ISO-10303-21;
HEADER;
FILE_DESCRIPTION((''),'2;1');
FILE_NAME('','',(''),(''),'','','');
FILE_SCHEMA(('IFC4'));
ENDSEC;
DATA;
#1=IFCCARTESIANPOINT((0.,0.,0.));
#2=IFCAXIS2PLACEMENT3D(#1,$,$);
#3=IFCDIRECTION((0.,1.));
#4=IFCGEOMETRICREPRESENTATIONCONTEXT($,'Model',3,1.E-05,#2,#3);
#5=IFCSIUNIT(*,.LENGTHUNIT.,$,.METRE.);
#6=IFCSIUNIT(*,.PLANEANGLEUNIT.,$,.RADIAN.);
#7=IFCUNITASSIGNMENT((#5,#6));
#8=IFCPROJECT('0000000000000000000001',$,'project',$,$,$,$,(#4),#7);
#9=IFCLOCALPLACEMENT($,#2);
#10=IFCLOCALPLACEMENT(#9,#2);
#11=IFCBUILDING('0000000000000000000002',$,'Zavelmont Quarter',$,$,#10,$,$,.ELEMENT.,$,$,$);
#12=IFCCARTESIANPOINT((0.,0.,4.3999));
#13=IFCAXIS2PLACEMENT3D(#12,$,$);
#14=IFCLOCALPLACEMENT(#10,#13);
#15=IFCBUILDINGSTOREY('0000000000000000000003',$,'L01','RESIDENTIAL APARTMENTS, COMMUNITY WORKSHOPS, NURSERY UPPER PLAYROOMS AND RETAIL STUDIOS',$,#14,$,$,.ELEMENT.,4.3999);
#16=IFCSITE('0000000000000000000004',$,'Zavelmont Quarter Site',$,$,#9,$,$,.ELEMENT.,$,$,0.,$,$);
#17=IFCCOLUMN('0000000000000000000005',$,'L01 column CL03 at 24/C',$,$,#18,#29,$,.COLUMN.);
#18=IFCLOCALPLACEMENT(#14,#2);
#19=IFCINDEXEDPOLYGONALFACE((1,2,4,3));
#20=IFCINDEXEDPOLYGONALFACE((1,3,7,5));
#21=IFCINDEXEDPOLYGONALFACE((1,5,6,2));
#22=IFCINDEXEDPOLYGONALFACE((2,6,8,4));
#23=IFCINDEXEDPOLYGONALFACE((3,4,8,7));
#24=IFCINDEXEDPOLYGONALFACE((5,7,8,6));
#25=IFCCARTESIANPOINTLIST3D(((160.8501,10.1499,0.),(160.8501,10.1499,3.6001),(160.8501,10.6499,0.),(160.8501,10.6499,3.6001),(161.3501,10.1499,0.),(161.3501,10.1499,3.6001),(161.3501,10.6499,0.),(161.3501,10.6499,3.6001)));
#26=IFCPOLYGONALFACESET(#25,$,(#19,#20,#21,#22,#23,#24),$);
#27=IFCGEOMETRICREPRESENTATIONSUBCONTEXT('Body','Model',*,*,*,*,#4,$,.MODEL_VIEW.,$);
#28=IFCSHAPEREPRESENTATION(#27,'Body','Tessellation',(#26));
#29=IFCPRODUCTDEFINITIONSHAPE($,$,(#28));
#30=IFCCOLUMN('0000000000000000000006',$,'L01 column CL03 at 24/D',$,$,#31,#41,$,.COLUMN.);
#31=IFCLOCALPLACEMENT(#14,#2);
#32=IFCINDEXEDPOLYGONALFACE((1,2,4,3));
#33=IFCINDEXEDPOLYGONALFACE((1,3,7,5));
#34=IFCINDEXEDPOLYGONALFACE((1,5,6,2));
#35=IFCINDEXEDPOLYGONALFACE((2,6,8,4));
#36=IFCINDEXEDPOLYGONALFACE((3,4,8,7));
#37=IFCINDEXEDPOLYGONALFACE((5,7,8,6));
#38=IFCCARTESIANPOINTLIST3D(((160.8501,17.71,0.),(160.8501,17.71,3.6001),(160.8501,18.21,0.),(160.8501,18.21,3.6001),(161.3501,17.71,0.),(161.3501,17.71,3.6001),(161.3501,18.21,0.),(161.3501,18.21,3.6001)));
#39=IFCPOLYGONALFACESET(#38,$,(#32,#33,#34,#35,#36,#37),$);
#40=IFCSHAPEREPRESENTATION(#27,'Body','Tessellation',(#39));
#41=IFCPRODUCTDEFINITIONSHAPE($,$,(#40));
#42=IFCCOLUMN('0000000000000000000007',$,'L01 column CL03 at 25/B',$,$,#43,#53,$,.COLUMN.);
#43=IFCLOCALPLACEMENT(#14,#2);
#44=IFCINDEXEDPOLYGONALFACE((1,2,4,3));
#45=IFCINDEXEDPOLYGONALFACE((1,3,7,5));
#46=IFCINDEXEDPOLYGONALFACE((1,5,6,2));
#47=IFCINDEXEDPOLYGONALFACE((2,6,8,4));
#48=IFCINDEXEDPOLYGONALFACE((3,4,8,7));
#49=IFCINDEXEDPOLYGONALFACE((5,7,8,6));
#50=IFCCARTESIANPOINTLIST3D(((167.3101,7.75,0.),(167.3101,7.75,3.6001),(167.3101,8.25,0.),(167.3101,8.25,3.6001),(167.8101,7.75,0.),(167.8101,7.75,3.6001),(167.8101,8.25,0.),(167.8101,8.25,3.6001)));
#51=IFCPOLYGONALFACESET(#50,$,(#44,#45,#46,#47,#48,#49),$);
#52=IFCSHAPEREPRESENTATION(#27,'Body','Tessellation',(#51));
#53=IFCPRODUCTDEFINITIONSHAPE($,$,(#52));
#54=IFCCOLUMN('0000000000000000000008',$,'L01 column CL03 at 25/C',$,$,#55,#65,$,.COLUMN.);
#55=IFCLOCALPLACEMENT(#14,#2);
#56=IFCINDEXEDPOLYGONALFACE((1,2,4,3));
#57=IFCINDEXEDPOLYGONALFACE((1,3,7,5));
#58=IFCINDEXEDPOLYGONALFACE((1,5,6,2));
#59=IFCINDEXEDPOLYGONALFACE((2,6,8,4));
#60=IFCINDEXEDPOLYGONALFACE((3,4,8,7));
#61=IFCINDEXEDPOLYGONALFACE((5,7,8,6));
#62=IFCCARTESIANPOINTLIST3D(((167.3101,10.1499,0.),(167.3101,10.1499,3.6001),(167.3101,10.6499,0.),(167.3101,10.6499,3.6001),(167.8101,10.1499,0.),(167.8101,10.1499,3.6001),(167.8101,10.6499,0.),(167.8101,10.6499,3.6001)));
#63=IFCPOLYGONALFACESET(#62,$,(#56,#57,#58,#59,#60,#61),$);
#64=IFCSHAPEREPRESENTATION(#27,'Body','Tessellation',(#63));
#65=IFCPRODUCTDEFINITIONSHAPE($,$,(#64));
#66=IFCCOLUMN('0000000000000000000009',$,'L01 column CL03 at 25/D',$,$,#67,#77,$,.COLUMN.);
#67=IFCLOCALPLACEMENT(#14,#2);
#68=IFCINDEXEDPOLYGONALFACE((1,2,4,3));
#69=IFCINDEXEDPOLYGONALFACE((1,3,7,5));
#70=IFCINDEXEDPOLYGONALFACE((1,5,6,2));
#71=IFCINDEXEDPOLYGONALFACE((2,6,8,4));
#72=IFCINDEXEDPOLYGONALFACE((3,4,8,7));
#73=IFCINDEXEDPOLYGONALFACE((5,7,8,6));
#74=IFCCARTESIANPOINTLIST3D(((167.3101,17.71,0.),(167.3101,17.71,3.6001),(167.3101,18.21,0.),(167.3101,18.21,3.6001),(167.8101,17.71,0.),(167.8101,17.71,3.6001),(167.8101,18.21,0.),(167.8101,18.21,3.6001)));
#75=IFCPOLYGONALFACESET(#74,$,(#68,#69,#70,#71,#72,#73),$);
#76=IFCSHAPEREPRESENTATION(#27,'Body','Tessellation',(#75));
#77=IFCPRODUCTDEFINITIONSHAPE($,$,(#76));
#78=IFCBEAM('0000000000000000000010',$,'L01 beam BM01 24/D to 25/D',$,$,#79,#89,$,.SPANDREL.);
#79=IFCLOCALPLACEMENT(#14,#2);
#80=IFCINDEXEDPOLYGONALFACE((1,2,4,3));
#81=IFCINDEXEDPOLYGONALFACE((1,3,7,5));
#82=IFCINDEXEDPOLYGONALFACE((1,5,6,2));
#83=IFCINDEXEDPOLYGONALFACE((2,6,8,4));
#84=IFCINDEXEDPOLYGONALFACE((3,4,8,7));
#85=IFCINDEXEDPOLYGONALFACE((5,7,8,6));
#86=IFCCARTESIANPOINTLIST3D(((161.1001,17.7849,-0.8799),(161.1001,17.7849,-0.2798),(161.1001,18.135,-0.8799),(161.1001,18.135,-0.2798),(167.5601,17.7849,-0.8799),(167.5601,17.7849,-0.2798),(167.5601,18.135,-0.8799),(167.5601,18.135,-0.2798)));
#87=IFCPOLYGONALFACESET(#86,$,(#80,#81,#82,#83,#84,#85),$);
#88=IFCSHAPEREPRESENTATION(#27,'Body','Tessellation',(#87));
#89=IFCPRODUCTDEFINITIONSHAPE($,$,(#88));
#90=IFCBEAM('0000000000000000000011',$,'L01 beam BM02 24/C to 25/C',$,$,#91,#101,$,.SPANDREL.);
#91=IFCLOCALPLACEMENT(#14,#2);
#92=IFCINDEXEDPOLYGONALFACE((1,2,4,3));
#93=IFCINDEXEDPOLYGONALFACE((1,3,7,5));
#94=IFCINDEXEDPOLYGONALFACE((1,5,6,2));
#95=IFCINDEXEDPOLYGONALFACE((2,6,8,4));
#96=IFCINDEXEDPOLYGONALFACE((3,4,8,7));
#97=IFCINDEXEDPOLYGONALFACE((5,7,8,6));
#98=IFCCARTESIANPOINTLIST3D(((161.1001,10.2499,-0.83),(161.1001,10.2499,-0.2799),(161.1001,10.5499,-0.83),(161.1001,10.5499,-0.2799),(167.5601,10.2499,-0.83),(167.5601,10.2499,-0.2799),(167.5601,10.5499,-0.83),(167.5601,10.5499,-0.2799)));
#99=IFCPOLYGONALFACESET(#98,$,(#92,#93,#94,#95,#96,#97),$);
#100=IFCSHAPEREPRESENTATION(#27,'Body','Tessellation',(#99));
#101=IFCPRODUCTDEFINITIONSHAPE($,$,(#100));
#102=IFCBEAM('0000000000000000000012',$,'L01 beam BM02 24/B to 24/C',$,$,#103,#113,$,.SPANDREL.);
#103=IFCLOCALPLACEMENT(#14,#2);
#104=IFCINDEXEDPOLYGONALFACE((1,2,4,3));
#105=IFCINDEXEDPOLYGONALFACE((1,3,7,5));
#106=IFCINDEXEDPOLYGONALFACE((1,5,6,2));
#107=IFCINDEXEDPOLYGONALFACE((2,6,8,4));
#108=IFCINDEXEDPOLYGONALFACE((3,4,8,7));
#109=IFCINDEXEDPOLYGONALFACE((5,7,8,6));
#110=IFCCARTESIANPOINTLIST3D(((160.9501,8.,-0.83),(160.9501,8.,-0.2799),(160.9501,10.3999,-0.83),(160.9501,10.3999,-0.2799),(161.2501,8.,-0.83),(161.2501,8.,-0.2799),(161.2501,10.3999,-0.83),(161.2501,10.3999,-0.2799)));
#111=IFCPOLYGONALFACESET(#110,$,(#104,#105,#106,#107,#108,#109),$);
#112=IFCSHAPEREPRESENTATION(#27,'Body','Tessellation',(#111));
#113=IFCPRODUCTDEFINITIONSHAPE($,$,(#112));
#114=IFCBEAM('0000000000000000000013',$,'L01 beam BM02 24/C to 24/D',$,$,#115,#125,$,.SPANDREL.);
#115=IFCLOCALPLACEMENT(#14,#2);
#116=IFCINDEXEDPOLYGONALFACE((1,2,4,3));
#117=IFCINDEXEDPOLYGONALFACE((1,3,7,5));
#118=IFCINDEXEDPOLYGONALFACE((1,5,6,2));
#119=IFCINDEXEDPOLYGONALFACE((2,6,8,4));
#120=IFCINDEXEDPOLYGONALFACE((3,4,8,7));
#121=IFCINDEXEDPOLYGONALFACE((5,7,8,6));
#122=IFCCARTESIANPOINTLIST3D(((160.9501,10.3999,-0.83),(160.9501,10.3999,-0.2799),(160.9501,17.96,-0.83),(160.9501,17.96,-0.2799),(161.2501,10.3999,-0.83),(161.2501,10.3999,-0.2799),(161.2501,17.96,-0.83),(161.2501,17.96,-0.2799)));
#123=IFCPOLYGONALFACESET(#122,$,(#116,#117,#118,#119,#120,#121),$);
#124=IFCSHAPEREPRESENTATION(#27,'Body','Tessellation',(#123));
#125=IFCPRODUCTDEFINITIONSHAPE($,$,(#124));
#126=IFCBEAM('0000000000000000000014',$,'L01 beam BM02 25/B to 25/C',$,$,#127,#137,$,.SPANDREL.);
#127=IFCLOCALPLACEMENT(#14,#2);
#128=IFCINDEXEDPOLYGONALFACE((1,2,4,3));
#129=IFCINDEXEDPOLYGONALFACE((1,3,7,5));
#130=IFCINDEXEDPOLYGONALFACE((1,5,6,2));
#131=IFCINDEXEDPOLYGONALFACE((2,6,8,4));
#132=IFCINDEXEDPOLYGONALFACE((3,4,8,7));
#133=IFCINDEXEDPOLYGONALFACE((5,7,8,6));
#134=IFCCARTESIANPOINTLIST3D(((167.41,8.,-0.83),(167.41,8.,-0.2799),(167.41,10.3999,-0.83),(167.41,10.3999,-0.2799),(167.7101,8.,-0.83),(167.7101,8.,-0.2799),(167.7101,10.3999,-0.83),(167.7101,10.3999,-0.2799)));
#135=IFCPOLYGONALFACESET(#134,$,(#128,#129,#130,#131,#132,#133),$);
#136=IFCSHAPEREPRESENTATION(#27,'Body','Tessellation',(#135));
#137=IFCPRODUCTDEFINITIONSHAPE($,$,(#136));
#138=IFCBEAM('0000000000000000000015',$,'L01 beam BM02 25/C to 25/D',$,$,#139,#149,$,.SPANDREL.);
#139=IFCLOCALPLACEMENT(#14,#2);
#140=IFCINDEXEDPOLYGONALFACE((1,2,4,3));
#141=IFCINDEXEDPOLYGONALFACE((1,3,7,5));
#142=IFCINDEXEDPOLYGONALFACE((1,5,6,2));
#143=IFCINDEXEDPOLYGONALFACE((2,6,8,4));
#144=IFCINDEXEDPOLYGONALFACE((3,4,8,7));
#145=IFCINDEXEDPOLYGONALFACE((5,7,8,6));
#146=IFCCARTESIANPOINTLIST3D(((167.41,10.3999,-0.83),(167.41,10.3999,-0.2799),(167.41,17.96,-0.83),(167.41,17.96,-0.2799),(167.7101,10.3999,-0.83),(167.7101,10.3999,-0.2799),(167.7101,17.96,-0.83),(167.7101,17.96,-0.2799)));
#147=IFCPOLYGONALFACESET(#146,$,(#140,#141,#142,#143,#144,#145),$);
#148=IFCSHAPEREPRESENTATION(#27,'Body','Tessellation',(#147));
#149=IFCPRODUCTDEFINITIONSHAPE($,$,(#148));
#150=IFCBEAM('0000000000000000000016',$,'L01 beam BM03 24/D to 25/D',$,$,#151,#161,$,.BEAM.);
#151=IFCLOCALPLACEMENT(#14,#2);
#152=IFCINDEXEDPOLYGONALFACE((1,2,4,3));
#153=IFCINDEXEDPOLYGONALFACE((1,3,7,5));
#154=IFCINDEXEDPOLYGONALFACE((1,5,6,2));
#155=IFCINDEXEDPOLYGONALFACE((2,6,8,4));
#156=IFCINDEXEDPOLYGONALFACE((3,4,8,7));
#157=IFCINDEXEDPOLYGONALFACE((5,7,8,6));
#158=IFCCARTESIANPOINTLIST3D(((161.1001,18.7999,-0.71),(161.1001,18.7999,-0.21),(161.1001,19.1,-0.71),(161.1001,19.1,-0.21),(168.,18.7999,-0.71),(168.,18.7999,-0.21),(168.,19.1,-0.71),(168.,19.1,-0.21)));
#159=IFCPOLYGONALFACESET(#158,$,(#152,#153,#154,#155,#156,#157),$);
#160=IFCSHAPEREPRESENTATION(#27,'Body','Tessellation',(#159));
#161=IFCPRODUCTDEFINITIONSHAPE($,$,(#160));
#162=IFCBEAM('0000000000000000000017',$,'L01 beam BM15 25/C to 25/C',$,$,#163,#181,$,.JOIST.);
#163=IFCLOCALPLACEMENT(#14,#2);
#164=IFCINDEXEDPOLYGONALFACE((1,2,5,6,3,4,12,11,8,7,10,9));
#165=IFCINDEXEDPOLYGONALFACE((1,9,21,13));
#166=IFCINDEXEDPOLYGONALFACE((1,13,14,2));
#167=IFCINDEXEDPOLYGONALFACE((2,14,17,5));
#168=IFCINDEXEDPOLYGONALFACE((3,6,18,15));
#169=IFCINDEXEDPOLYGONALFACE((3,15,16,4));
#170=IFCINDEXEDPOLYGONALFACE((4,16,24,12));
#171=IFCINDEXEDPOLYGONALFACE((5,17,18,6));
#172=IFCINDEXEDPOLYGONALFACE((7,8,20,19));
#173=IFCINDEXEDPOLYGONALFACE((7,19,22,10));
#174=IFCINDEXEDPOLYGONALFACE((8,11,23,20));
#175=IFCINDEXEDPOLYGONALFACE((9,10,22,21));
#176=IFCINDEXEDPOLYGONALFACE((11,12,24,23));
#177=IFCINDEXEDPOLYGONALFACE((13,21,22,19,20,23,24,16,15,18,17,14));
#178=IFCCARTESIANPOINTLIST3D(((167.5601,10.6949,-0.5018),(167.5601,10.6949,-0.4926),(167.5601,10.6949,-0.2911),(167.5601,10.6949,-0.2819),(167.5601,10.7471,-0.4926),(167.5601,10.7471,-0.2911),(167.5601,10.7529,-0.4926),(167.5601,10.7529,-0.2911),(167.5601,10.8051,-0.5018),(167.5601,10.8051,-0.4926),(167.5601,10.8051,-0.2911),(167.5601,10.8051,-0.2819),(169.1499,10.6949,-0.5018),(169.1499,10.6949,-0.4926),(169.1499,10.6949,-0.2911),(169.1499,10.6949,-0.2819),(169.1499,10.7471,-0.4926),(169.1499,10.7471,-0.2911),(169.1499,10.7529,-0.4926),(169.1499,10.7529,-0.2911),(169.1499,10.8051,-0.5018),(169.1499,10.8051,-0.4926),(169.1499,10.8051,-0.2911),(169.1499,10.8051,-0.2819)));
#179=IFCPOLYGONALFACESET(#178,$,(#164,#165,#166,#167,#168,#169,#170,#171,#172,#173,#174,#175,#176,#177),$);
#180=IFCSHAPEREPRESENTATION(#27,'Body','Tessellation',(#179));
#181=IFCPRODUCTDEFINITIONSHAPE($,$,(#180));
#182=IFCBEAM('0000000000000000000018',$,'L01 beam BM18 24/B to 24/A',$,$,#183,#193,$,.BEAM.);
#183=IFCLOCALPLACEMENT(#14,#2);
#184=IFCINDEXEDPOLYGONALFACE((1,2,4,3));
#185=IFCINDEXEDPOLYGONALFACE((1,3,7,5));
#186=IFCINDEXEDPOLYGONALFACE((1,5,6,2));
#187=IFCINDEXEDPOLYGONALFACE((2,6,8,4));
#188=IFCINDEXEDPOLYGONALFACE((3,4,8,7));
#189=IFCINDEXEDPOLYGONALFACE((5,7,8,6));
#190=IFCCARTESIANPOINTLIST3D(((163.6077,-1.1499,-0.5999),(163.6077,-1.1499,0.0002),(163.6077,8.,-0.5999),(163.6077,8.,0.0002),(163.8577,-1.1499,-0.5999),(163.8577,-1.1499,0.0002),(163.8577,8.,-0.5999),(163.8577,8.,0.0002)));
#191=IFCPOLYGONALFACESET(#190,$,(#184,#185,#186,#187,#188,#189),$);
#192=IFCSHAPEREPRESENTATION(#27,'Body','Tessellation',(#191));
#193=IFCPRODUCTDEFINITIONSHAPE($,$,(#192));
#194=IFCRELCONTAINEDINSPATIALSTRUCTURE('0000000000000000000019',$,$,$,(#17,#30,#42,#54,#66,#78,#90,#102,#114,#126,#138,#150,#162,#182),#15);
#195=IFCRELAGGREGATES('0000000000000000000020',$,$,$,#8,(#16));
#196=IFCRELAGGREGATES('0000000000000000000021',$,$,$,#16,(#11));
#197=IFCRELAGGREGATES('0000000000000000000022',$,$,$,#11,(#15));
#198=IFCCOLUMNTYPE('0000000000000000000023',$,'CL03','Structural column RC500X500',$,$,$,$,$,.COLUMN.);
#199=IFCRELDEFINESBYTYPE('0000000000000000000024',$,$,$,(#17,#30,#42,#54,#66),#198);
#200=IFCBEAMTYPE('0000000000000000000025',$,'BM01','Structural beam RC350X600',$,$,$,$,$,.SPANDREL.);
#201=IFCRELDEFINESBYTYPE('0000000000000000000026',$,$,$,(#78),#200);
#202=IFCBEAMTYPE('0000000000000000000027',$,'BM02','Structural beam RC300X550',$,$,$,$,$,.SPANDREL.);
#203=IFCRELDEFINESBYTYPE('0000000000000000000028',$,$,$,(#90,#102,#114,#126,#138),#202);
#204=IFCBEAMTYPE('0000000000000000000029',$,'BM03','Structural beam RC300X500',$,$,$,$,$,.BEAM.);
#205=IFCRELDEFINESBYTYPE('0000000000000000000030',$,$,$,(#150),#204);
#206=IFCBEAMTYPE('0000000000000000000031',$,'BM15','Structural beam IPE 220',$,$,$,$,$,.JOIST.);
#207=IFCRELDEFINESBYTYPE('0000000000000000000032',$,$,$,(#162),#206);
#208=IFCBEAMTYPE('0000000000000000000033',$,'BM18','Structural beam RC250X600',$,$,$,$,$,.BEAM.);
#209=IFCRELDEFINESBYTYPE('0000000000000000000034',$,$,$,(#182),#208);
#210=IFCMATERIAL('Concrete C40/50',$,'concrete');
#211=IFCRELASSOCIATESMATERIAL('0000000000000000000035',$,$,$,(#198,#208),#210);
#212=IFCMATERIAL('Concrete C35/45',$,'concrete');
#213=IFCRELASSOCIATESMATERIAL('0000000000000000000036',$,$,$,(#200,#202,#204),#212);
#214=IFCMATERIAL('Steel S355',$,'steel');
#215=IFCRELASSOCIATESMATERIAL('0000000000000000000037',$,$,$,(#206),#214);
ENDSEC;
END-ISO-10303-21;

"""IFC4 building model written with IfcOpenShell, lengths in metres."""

from ifc_helpers import new_model, si_unit, direction, frame, origin, origin_2d, place, context, subcontext, project, spatial, rectangle, i_section, extrude, material, material_profile, profile_set, type_object, element, save


model = new_model("IFC4")

# Units and contexts
model_context = context("Model", 3, precision=1e-05, world=origin(), true_north=direction((0.0, 1.0)))
body_context = subcontext(model_context, "Body", "Model", "MODEL_VIEW")
ifc_project = project(units=[si_unit("LENGTHUNIT", "METRE"), si_unit("PLANEANGLEUNIT", "RADIAN")], contexts=[model_context])

# Site, building, storey
site_placement = place(None, origin())
site = spatial("IfcSite", under=ifc_project, at=site_placement, Name="Zavelmont Quarter Site", CompositionType="ELEMENT", RefElevation=0.0)
building_placement = place(site_placement, origin())
building = spatial("IfcBuilding", under=site, at=building_placement, Name="Zavelmont Quarter", CompositionType="ELEMENT")
storey_placement = place(building_placement, frame((0.0, 0.0, 4.3999)))
storey = spatial("IfcBuildingStorey", under=building, at=storey_placement, Name="L01", Description="RESIDENTIAL APARTMENTS, COMMUNITY WORKSHOPS, NURSERY UPPER PLAYROOMS AND RETAIL STUDIOS", CompositionType="ELEMENT", Elevation=4.3999)

# Columns
ifc_material_1 = material(Name="Concrete C40/50", Category="concrete")
ifc_material_profile_1 = material_profile(ifc_material_1, rectangle(XDim=0.5, YDim=0.5, at=origin_2d()), Name="RC500X500")
ifc_profile_set_1 = profile_set([ifc_material_profile_1], Name="Concrete C40/50")
column_type = type_object("IfcColumnType", Name="CL03", Description="Structural column RC500X500", PredefinedType="COLUMN", material=ifc_profile_set_1)
for number, where, z_axis, x_axis, name in (
    (1, (161.1001, 10.3999, 0.0), (0.0, 0.0, 1.0), (1.0, 0.0, 0.0), "L01 column CL03 at 24/C"),
    (2, (161.1001, 17.96, 0.0), (0.0, 0.0, 1.0), (1.0, 0.0, 0.0), "L01 column CL03 at 24/D"),
    (3, (167.5601, 8.0, 0.0), (0.0, 0.0, 1.0), (1.0, 0.0, 0.0), "L01 column CL03 at 25/B"),
    (4, (167.5601, 10.3999, 0.0), (0.0, 0.0, 1.0), (1.0, 0.0, 0.0), "L01 column CL03 at 25/C"),
    (5, (167.5601, 17.96, 0.0), (0.0, 0.0, 1.0), (1.0, 0.0, 0.0), "L01 column CL03 at 25/D"),
):
    element("IfcColumn", number, at=place(storey_placement, frame(where, z_axis=z_axis, x_axis=x_axis)), inside=storey, type_object=column_type, Name=name, PredefinedType="COLUMN", context=body_context, shape_type="SweptSolid", body=[
        extrude(rectangle(XDim=0.5, YDim=0.5, at=origin_2d()), origin(), (0.0, 0.0, 1.0), 3.6001),
    ])

# Beams
ifc_material_2 = material(Name="Concrete C35/45", Category="concrete")
ifc_material_profile_2 = material_profile(ifc_material_2, rectangle(XDim=0.3501, YDim=0.6001, at=origin_2d()), Name="RC350X600")
ifc_profile_set_2 = profile_set([ifc_material_profile_2], Name="Concrete C35/45")
beam_type_1 = type_object("IfcBeamType", Name="BM01", Description="Structural beam RC350X600", PredefinedType="SPANDREL", material=ifc_profile_set_2)
beam_1_placement = place(storey_placement, frame((161.1001, 17.96, -0.5798), z_axis=(1.0, 0.0, 0.0), x_axis=(0.0, 1.0, 0.0)))
element("IfcBeam", 6, at=beam_1_placement, inside=storey, type_object=beam_type_1, Name="L01 beam BM01 24/D to 25/D", PredefinedType="SPANDREL", context=body_context, shape_type="SweptSolid", body=[
    extrude(rectangle(XDim=0.3501, YDim=0.6001, at=origin_2d()), origin(), (0.0, 0.0, 1.0), 6.46),
])
ifc_material_profile_3 = material_profile(ifc_material_2, rectangle(XDim=0.3, YDim=0.55, at=origin_2d()), Name="RC300X550")
ifc_profile_set_3 = profile_set([ifc_material_profile_3], Name="Concrete C35/45")
beam_type_2 = type_object("IfcBeamType", Name="BM02", Description="Structural beam RC300X550", PredefinedType="SPANDREL", material=ifc_profile_set_3)
beam_2_placement = place(storey_placement, frame((161.1001, 10.3999, -0.5549), z_axis=(1.0, 0.0, 0.0), x_axis=(0.0, 1.0, 0.0)))
element("IfcBeam", 7, at=beam_2_placement, inside=storey, type_object=beam_type_2, Name="L01 beam BM02 24/C to 25/C", PredefinedType="SPANDREL", context=body_context, shape_type="SweptSolid", body=[
    extrude(rectangle(XDim=0.3, YDim=0.55, at=origin_2d()), origin(), (0.0, 0.0, 1.0), 6.46),
])
beam_3_placement = place(storey_placement, frame((161.1001, 8.0, -0.5549), z_axis=(0.0, 1.0, 0.0), x_axis=(-1.0, 0.0, 0.0)))
element("IfcBeam", 8, at=beam_3_placement, inside=storey, type_object=beam_type_2, Name="L01 beam BM02 24/B to 24/C", PredefinedType="SPANDREL", context=body_context, shape_type="SweptSolid", body=[
    extrude(rectangle(XDim=0.3, YDim=0.55, at=origin_2d()), origin(), (0.0, 0.0, 1.0), 2.3999),
])
beam_4_placement = place(storey_placement, frame((161.1001, 10.3999, -0.5549), z_axis=(0.0, 1.0, 0.0), x_axis=(-1.0, 0.0, 0.0)))
element("IfcBeam", 9, at=beam_4_placement, inside=storey, type_object=beam_type_2, Name="L01 beam BM02 24/C to 24/D", PredefinedType="SPANDREL", context=body_context, shape_type="SweptSolid", body=[
    extrude(rectangle(XDim=0.3, YDim=0.55, at=origin_2d()), origin(), (0.0, 0.0, 1.0), 7.5601),
])
beam_5_placement = place(storey_placement, frame((167.5601, 8.0, -0.5549), z_axis=(0.0, 1.0, 0.0), x_axis=(-1.0, 0.0, 0.0)))
element("IfcBeam", 10, at=beam_5_placement, inside=storey, type_object=beam_type_2, Name="L01 beam BM02 25/B to 25/C", PredefinedType="SPANDREL", context=body_context, shape_type="SweptSolid", body=[
    extrude(rectangle(XDim=0.3, YDim=0.55, at=origin_2d()), origin(), (0.0, 0.0, 1.0), 2.3999),
])
beam_6_placement = place(storey_placement, frame((167.5601, 10.3999, -0.5549), z_axis=(0.0, 1.0, 0.0), x_axis=(-1.0, 0.0, 0.0)))
element("IfcBeam", 11, at=beam_6_placement, inside=storey, type_object=beam_type_2, Name="L01 beam BM02 25/C to 25/D", PredefinedType="SPANDREL", context=body_context, shape_type="SweptSolid", body=[
    extrude(rectangle(XDim=0.3, YDim=0.55, at=origin_2d()), origin(), (0.0, 0.0, 1.0), 7.5601),
])
ifc_material_profile_4 = material_profile(ifc_material_2, rectangle(XDim=0.3, YDim=0.5, at=origin_2d()), Name="RC300X500")
ifc_profile_set_4 = profile_set([ifc_material_profile_4], Name="Concrete C35/45")
beam_type_3 = type_object("IfcBeamType", Name="BM03", Description="Structural beam RC300X500", PredefinedType="BEAM", material=ifc_profile_set_4)
beam_7_placement = place(storey_placement, frame((161.1001, 18.95, -0.46), z_axis=(1.0, 0.0, 0.0), x_axis=(0.0, 1.0, 0.0)))
element("IfcBeam", 12, at=beam_7_placement, inside=storey, type_object=beam_type_3, Name="L01 beam BM03 24/D to 25/D", PredefinedType="BEAM", context=body_context, shape_type="SweptSolid", body=[
    extrude(rectangle(XDim=0.3, YDim=0.5, at=origin_2d()), origin(), (0.0, 0.0, 1.0), 6.8999),
])
ifc_material_3 = material(Name="Steel S355", Category="steel")
ifc_material_profile_5 = material_profile(ifc_material_3, i_section(OverallWidth=0.1101, OverallDepth=0.22, WebThickness=0.0059, FlangeThickness=0.0093, at=origin_2d()), Name="IPE 220")
ifc_profile_set_5 = profile_set([ifc_material_profile_5], Name="Steel S355")
beam_type_4 = type_object("IfcBeamType", Name="BM15", Description="Structural beam IPE 220", PredefinedType="JOIST", material=ifc_profile_set_5)
beam_8_placement = place(storey_placement, frame((167.5601, 10.75, -0.3918), z_axis=(1.0, 0.0, 0.0), x_axis=(0.0, 1.0, 0.0)))
element("IfcBeam", 13, at=beam_8_placement, inside=storey, type_object=beam_type_4, Name="L01 beam BM15 25/C to 25/C", PredefinedType="JOIST", context=body_context, shape_type="SweptSolid", body=[
    extrude(i_section(OverallWidth=0.1101, OverallDepth=0.22, WebThickness=0.0059, FlangeThickness=0.0093, at=origin_2d()), origin(), (0.0, 0.0, 1.0), 1.5898),
])
ifc_material_profile_6 = material_profile(ifc_material_1, rectangle(XDim=0.25, YDim=0.6001, at=origin_2d()), Name="RC250X600")
ifc_profile_set_6 = profile_set([ifc_material_profile_6], Name="Concrete C40/50")
beam_type_5 = type_object("IfcBeamType", Name="BM18", Description="Structural beam RC250X600", PredefinedType="BEAM", material=ifc_profile_set_6)
beam_9_placement = place(storey_placement, frame((163.7327, 8.0, -0.2998), z_axis=(0.0, -1.0, 0.0), x_axis=(1.0, 0.0, 0.0)))
element("IfcBeam", 14, at=beam_9_placement, inside=storey, type_object=beam_type_5, Name="L01 beam BM18 24/B to 24/A", PredefinedType="BEAM", context=body_context, shape_type="SweptSolid", body=[
    extrude(rectangle(XDim=0.25, YDim=0.6001, at=origin_2d()), origin(), (0.0, 0.0, 1.0), 9.1499),
])

save(model, "model.ifc")
